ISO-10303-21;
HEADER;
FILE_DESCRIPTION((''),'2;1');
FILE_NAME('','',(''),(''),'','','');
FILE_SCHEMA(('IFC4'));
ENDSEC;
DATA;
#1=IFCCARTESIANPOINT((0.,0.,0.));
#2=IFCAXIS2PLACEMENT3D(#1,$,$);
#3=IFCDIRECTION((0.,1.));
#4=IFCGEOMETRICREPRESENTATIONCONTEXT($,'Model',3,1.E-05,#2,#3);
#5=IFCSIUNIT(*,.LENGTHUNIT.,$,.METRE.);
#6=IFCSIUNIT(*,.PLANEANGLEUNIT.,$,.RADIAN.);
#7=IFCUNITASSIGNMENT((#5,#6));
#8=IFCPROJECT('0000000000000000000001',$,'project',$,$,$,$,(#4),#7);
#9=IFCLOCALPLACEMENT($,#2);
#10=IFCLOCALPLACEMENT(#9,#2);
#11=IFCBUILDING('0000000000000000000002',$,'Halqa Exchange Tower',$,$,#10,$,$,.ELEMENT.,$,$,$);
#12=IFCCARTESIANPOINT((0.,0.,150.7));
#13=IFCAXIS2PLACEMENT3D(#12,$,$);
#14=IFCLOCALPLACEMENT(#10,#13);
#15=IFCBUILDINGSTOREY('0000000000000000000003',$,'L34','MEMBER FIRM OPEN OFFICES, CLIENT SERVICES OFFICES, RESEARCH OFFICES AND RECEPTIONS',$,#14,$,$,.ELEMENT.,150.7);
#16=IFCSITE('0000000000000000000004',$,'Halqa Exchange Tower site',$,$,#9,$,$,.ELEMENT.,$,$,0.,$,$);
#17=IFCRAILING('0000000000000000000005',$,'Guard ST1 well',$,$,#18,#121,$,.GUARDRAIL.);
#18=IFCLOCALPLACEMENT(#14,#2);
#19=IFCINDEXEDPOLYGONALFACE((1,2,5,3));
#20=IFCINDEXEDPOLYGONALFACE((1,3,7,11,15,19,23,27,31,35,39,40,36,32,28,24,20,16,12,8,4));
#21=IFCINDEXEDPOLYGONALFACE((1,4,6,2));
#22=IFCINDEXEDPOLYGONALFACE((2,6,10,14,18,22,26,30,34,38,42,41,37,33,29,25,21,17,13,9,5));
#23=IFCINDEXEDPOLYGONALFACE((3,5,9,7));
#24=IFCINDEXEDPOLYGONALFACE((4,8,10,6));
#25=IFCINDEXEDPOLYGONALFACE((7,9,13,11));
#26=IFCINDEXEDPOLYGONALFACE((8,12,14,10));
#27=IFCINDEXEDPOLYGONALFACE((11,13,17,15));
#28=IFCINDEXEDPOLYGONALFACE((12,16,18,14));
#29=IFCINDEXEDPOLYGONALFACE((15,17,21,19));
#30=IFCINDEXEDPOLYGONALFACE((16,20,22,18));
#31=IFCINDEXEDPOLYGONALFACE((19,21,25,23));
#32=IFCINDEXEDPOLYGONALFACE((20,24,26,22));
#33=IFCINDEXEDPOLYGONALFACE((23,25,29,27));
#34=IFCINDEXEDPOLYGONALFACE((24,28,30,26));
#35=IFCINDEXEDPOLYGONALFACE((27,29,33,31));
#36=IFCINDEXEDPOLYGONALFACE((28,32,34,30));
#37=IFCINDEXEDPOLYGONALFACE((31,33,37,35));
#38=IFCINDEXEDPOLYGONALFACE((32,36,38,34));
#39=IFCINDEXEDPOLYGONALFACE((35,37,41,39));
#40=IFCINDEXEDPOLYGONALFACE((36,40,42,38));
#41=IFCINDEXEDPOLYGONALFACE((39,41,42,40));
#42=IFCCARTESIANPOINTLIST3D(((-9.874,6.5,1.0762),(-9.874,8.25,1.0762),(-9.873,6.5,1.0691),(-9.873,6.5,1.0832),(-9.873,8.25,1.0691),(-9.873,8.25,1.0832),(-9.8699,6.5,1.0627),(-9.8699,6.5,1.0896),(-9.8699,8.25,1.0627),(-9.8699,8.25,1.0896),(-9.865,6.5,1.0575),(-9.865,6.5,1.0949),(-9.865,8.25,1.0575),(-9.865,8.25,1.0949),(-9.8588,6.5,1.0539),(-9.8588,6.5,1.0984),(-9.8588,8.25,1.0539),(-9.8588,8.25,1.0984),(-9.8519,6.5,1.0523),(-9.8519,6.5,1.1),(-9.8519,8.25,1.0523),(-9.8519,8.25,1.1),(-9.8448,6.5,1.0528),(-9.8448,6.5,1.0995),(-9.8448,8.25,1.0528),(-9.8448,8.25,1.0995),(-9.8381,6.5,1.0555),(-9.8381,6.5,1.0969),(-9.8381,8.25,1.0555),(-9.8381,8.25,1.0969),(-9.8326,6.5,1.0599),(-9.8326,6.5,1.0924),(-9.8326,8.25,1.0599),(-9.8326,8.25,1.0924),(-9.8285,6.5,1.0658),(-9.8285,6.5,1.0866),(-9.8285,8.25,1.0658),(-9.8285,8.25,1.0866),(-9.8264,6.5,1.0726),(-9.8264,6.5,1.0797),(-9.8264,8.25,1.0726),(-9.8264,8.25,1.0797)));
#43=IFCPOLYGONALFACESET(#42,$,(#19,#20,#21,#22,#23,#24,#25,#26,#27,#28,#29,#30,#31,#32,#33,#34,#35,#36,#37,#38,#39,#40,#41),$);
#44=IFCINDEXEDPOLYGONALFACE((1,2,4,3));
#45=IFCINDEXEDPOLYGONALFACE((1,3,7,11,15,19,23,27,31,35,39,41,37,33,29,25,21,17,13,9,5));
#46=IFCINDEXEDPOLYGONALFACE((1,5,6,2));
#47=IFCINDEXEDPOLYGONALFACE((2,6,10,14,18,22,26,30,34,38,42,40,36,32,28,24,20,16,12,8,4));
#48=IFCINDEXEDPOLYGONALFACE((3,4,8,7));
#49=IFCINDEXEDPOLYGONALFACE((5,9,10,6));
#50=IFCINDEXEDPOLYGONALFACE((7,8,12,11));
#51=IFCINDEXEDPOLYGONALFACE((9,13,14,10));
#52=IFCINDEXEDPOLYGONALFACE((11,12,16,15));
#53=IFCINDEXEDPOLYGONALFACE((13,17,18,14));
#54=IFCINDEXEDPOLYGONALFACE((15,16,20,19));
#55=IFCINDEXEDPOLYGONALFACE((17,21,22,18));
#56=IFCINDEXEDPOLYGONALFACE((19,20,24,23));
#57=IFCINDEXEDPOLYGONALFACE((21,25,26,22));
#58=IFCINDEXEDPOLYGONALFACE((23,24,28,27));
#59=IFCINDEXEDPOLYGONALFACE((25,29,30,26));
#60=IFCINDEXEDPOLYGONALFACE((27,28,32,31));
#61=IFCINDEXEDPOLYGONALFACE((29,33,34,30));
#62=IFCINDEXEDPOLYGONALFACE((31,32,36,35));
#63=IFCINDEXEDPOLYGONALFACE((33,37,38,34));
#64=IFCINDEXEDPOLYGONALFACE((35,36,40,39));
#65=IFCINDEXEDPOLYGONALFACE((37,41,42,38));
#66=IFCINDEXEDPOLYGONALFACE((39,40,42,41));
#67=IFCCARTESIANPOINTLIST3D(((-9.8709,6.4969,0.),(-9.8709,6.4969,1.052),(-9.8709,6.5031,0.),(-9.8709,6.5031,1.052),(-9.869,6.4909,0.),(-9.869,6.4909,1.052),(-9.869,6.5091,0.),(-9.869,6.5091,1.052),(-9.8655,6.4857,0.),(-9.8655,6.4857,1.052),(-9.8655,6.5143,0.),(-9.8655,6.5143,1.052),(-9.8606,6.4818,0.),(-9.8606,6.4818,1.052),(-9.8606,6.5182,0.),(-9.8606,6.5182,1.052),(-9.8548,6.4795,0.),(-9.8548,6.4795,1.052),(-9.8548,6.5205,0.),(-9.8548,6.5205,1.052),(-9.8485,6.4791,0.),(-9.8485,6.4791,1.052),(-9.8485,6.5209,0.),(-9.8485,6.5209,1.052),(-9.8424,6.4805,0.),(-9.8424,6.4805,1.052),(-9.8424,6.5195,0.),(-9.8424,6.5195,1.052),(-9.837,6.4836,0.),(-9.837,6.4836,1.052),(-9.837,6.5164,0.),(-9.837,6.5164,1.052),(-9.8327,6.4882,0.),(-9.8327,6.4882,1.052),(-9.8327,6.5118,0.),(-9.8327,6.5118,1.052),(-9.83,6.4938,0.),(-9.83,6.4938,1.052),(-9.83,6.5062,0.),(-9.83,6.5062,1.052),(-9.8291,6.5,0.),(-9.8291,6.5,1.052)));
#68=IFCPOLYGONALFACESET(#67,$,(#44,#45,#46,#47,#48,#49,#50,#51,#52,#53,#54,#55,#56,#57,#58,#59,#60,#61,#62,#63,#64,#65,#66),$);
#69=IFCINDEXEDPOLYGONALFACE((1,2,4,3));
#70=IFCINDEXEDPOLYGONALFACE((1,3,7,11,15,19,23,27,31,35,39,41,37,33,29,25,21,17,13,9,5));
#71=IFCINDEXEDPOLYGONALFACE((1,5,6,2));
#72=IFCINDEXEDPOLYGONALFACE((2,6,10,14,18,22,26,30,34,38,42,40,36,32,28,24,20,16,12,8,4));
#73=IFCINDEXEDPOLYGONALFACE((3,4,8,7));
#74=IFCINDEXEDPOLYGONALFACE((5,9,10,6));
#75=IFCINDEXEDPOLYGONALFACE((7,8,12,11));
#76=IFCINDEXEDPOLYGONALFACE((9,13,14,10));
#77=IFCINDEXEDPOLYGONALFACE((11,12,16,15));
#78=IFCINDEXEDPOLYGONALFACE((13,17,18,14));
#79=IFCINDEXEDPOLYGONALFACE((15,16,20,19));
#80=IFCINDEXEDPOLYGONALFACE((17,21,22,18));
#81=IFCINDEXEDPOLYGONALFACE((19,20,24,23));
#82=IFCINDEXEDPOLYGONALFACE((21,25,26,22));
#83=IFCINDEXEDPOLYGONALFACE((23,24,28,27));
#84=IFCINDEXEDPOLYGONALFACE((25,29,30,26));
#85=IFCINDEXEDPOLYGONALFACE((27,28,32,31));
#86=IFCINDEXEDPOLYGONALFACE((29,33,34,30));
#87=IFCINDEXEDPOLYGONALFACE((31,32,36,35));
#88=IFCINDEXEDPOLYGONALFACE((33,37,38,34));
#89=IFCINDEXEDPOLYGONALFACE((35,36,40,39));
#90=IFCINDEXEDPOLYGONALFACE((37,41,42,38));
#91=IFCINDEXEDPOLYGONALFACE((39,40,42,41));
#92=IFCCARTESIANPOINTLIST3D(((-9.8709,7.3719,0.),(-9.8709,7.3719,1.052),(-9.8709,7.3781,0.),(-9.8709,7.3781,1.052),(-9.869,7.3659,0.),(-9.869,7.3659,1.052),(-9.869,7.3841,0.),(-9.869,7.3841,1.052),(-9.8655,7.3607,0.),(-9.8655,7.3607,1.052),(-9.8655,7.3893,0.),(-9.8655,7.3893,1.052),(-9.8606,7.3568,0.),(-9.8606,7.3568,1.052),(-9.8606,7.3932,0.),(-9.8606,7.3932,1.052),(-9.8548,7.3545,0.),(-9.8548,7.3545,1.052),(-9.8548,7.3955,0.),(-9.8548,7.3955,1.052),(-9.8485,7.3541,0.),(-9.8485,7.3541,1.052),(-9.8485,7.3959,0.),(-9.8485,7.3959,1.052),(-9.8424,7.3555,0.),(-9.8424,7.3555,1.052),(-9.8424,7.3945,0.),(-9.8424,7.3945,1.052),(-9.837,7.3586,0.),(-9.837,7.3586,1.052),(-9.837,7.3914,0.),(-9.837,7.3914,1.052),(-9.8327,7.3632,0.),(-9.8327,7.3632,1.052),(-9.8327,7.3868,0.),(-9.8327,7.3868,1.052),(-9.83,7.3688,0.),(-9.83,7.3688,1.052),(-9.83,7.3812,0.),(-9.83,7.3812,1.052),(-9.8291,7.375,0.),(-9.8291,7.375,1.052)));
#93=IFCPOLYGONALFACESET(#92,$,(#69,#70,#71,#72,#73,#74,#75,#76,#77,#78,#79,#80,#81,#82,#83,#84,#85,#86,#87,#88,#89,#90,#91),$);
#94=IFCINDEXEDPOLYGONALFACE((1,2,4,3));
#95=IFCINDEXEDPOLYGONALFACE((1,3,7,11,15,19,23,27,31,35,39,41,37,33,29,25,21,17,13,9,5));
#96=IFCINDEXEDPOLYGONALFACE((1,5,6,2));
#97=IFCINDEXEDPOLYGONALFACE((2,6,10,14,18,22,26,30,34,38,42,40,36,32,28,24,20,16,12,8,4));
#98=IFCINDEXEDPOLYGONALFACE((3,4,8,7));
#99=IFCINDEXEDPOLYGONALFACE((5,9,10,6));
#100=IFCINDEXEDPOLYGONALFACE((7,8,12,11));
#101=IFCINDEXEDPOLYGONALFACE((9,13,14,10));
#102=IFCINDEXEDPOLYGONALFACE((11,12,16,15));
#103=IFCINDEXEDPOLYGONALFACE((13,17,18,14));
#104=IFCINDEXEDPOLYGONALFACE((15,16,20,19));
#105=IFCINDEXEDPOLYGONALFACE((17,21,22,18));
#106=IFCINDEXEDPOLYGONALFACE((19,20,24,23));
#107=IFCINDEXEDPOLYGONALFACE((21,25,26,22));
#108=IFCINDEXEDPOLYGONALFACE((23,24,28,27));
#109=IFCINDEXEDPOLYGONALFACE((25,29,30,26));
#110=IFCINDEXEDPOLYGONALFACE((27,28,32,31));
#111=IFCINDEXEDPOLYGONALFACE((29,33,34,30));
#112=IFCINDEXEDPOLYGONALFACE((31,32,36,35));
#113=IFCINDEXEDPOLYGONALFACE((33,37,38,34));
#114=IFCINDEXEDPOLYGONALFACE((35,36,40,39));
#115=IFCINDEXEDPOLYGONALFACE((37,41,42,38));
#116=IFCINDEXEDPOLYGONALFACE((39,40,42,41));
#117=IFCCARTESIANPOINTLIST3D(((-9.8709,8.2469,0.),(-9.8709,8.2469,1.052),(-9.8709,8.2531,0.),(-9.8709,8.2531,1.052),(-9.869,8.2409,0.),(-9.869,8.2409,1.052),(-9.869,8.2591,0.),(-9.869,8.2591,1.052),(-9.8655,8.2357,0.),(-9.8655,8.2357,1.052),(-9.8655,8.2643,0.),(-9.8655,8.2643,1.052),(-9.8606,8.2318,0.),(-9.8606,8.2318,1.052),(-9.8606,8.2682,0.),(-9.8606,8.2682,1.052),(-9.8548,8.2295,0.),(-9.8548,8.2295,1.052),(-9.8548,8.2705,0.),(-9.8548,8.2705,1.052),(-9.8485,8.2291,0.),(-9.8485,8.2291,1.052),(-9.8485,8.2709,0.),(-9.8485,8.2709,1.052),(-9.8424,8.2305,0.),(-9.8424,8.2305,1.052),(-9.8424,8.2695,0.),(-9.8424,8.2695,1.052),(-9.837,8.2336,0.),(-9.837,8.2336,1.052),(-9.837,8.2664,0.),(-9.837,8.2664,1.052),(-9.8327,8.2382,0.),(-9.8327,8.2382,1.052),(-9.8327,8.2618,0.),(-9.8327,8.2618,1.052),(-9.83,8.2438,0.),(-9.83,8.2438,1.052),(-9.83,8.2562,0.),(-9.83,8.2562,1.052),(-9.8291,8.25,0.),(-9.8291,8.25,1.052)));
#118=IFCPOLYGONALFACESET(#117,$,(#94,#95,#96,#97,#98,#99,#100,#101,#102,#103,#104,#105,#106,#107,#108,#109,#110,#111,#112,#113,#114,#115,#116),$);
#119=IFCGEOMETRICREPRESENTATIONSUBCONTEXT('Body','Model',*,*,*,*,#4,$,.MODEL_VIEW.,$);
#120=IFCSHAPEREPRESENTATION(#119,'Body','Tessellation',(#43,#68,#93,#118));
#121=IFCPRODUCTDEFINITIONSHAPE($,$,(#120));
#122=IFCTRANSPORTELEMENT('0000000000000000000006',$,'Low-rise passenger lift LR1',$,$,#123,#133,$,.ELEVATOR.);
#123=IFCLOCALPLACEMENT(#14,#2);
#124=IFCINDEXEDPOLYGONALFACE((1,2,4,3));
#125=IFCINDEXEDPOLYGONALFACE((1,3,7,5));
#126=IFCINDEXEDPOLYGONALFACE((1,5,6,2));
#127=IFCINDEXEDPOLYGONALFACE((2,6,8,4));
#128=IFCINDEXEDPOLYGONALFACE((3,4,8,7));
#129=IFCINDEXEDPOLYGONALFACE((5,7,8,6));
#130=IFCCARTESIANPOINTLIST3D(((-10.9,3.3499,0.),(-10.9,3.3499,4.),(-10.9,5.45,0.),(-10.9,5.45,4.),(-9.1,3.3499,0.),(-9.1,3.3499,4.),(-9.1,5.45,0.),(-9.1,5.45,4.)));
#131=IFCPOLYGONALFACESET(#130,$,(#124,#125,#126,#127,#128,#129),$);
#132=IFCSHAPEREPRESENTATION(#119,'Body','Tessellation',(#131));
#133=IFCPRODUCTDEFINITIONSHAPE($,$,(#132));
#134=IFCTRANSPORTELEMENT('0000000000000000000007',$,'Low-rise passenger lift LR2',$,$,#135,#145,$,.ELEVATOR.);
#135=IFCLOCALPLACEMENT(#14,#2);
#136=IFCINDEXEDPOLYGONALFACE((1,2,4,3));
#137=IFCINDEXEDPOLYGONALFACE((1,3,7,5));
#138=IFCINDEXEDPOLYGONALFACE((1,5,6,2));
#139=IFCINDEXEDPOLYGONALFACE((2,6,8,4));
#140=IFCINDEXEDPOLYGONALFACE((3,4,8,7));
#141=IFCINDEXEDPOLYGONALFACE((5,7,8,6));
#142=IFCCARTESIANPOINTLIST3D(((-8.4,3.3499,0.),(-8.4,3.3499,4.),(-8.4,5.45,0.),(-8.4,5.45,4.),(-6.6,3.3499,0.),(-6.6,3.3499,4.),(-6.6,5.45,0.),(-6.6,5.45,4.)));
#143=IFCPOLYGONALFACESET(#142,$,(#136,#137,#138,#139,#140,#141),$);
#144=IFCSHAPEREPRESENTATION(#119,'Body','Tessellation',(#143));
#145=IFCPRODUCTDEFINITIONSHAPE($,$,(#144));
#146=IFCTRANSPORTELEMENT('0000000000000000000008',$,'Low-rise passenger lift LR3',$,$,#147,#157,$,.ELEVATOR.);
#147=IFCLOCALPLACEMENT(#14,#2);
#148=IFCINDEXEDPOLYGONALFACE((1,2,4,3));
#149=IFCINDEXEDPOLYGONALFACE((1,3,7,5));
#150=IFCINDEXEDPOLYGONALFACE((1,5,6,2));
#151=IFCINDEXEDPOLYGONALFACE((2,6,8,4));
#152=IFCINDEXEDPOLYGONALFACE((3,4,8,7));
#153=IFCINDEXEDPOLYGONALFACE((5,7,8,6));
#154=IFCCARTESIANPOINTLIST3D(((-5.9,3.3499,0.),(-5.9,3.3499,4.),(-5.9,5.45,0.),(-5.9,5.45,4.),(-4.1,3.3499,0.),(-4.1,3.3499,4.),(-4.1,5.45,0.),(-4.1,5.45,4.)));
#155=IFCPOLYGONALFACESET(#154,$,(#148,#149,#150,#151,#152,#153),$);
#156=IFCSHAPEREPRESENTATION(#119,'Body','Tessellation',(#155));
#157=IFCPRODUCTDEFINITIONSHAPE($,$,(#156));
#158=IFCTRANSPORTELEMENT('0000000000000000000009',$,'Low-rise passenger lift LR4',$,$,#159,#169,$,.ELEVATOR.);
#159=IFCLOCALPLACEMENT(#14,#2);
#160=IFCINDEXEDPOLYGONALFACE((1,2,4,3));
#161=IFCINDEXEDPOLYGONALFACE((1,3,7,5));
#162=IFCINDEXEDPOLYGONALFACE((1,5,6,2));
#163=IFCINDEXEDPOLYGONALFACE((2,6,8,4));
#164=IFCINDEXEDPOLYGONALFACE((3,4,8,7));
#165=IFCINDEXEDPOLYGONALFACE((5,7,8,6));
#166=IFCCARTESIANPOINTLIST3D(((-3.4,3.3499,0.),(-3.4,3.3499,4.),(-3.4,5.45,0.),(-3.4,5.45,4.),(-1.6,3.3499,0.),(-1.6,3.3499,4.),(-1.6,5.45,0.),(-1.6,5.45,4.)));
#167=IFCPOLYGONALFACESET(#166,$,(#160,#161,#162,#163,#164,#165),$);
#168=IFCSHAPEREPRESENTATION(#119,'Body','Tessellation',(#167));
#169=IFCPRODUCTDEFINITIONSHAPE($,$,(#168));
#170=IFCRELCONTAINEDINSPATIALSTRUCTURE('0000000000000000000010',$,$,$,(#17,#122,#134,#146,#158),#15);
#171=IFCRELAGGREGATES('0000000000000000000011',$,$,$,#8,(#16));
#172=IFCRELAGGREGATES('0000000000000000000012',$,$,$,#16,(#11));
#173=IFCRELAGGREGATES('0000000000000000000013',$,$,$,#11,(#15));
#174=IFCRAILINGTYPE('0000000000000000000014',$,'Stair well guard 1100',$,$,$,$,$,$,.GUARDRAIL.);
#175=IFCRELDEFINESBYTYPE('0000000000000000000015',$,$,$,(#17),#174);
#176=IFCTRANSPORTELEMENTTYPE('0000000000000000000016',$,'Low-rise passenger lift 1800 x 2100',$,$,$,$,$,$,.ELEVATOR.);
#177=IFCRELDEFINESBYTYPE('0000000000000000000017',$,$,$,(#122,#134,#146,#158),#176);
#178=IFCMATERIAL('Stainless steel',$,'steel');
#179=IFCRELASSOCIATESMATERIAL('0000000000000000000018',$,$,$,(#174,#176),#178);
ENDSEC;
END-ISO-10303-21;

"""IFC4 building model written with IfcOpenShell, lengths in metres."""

from ifc_helpers import new_model, si_unit, direction, frame, origin, origin_2d, place, context, subcontext, project, spatial, rectangle, circle, extrude, material, type_object, element, save


model = new_model("IFC4")

# Units and contexts
model_context = context("Model", 3, precision=1e-05, world=origin(), true_north=direction((0.0, 1.0)))
body_context = subcontext(model_context, "Body", "Model", "MODEL_VIEW")
ifc_project = project(units=[si_unit("LENGTHUNIT", "METRE"), si_unit("PLANEANGLEUNIT", "RADIAN")], contexts=[model_context])

# Site, building, storey
site_placement = place(None, origin())
site = spatial("IfcSite", under=ifc_project, at=site_placement, Name="Halqa Exchange Tower site", CompositionType="ELEMENT", RefElevation=0.0)
building_placement = place(site_placement, origin())
building = spatial("IfcBuilding", under=site, at=building_placement, Name="Halqa Exchange Tower", CompositionType="ELEMENT")
storey_placement = place(building_placement, frame((0.0, 0.0, 150.7)))
storey = spatial("IfcBuildingStorey", under=building, at=storey_placement, Name="L34", Description="MEMBER FIRM OPEN OFFICES, CLIENT SERVICES OFFICES, RESEARCH OFFICES AND RECEPTIONS", CompositionType="ELEMENT", Elevation=150.7)

# Shared definitions
ifc_material_1 = material(Name="Stainless steel", Category="steel")

# Railing
railing_type_1 = type_object("IfcRailingType", Name="Stair well guard 1100", PredefinedType="GUARDRAIL", material=ifc_material_1)
railing_1_placement = place(storey_placement, frame((-9.8501, 6.5, 0.0)))
element("IfcRailing", 1, at=railing_1_placement, inside=storey, type_object=railing_type_1, Name="Guard ST1 well", PredefinedType="GUARDRAIL", context=body_context, shape_type="SweptSolid", body=[
    extrude(circle(Radius=0.0239, at=origin_2d()), frame((0.0, 0.0, 1.0762), z_axis=(0.0, 1.0, 0.0), x_axis=(-1.0, 0.0, 0.0)), (0.0, 0.0, 1.0), 1.75),
    extrude(circle(Radius=0.021, at=origin_2d()), origin(), (0.0, 0.0, 1.0), 1.052),
    extrude(circle(Radius=0.021, at=origin_2d()), frame((0.0, 0.875, 0.0)), (0.0, 0.0, 1.0), 1.052),
    extrude(circle(Radius=0.021, at=origin_2d()), frame((0.0, 1.75, 0.0)), (0.0, 0.0, 1.0), 1.052),
])

# Transport elements
transport_element_type = type_object("IfcTransportElementType", Name="Low-rise passenger lift 1800 x 2100", PredefinedType="ELEVATOR", material=ifc_material_1)
for number, where, z_axis, x_axis, name in (
    (2, (-10.0, 4.3999, 0.0), (0.0, 0.0, 1.0), (1.0, 0.0, 0.0), "Low-rise passenger lift LR1"),
    (3, (-7.5, 4.3999, 0.0), (0.0, 0.0, 1.0), (1.0, 0.0, 0.0), "Low-rise passenger lift LR2"),
    (4, (-5.0, 4.3999, 0.0), (0.0, 0.0, 1.0), (1.0, 0.0, 0.0), "Low-rise passenger lift LR3"),
    (5, (-2.5, 4.3999, 0.0), (0.0, 0.0, 1.0), (1.0, 0.0, 0.0), "Low-rise passenger lift LR4"),
):
    element("IfcTransportElement", number, at=place(storey_placement, frame(where, z_axis=z_axis, x_axis=x_axis)), inside=storey, type_object=transport_element_type, Name=name, PredefinedType="ELEVATOR", context=body_context, shape_type="SweptSolid", body=[
        extrude(rectangle(XDim=1.8, YDim=2.1001, at=origin_2d()), origin(), (0.0, 0.0, 1.0), 4.0),
    ])

save(model, "model.ifc")
